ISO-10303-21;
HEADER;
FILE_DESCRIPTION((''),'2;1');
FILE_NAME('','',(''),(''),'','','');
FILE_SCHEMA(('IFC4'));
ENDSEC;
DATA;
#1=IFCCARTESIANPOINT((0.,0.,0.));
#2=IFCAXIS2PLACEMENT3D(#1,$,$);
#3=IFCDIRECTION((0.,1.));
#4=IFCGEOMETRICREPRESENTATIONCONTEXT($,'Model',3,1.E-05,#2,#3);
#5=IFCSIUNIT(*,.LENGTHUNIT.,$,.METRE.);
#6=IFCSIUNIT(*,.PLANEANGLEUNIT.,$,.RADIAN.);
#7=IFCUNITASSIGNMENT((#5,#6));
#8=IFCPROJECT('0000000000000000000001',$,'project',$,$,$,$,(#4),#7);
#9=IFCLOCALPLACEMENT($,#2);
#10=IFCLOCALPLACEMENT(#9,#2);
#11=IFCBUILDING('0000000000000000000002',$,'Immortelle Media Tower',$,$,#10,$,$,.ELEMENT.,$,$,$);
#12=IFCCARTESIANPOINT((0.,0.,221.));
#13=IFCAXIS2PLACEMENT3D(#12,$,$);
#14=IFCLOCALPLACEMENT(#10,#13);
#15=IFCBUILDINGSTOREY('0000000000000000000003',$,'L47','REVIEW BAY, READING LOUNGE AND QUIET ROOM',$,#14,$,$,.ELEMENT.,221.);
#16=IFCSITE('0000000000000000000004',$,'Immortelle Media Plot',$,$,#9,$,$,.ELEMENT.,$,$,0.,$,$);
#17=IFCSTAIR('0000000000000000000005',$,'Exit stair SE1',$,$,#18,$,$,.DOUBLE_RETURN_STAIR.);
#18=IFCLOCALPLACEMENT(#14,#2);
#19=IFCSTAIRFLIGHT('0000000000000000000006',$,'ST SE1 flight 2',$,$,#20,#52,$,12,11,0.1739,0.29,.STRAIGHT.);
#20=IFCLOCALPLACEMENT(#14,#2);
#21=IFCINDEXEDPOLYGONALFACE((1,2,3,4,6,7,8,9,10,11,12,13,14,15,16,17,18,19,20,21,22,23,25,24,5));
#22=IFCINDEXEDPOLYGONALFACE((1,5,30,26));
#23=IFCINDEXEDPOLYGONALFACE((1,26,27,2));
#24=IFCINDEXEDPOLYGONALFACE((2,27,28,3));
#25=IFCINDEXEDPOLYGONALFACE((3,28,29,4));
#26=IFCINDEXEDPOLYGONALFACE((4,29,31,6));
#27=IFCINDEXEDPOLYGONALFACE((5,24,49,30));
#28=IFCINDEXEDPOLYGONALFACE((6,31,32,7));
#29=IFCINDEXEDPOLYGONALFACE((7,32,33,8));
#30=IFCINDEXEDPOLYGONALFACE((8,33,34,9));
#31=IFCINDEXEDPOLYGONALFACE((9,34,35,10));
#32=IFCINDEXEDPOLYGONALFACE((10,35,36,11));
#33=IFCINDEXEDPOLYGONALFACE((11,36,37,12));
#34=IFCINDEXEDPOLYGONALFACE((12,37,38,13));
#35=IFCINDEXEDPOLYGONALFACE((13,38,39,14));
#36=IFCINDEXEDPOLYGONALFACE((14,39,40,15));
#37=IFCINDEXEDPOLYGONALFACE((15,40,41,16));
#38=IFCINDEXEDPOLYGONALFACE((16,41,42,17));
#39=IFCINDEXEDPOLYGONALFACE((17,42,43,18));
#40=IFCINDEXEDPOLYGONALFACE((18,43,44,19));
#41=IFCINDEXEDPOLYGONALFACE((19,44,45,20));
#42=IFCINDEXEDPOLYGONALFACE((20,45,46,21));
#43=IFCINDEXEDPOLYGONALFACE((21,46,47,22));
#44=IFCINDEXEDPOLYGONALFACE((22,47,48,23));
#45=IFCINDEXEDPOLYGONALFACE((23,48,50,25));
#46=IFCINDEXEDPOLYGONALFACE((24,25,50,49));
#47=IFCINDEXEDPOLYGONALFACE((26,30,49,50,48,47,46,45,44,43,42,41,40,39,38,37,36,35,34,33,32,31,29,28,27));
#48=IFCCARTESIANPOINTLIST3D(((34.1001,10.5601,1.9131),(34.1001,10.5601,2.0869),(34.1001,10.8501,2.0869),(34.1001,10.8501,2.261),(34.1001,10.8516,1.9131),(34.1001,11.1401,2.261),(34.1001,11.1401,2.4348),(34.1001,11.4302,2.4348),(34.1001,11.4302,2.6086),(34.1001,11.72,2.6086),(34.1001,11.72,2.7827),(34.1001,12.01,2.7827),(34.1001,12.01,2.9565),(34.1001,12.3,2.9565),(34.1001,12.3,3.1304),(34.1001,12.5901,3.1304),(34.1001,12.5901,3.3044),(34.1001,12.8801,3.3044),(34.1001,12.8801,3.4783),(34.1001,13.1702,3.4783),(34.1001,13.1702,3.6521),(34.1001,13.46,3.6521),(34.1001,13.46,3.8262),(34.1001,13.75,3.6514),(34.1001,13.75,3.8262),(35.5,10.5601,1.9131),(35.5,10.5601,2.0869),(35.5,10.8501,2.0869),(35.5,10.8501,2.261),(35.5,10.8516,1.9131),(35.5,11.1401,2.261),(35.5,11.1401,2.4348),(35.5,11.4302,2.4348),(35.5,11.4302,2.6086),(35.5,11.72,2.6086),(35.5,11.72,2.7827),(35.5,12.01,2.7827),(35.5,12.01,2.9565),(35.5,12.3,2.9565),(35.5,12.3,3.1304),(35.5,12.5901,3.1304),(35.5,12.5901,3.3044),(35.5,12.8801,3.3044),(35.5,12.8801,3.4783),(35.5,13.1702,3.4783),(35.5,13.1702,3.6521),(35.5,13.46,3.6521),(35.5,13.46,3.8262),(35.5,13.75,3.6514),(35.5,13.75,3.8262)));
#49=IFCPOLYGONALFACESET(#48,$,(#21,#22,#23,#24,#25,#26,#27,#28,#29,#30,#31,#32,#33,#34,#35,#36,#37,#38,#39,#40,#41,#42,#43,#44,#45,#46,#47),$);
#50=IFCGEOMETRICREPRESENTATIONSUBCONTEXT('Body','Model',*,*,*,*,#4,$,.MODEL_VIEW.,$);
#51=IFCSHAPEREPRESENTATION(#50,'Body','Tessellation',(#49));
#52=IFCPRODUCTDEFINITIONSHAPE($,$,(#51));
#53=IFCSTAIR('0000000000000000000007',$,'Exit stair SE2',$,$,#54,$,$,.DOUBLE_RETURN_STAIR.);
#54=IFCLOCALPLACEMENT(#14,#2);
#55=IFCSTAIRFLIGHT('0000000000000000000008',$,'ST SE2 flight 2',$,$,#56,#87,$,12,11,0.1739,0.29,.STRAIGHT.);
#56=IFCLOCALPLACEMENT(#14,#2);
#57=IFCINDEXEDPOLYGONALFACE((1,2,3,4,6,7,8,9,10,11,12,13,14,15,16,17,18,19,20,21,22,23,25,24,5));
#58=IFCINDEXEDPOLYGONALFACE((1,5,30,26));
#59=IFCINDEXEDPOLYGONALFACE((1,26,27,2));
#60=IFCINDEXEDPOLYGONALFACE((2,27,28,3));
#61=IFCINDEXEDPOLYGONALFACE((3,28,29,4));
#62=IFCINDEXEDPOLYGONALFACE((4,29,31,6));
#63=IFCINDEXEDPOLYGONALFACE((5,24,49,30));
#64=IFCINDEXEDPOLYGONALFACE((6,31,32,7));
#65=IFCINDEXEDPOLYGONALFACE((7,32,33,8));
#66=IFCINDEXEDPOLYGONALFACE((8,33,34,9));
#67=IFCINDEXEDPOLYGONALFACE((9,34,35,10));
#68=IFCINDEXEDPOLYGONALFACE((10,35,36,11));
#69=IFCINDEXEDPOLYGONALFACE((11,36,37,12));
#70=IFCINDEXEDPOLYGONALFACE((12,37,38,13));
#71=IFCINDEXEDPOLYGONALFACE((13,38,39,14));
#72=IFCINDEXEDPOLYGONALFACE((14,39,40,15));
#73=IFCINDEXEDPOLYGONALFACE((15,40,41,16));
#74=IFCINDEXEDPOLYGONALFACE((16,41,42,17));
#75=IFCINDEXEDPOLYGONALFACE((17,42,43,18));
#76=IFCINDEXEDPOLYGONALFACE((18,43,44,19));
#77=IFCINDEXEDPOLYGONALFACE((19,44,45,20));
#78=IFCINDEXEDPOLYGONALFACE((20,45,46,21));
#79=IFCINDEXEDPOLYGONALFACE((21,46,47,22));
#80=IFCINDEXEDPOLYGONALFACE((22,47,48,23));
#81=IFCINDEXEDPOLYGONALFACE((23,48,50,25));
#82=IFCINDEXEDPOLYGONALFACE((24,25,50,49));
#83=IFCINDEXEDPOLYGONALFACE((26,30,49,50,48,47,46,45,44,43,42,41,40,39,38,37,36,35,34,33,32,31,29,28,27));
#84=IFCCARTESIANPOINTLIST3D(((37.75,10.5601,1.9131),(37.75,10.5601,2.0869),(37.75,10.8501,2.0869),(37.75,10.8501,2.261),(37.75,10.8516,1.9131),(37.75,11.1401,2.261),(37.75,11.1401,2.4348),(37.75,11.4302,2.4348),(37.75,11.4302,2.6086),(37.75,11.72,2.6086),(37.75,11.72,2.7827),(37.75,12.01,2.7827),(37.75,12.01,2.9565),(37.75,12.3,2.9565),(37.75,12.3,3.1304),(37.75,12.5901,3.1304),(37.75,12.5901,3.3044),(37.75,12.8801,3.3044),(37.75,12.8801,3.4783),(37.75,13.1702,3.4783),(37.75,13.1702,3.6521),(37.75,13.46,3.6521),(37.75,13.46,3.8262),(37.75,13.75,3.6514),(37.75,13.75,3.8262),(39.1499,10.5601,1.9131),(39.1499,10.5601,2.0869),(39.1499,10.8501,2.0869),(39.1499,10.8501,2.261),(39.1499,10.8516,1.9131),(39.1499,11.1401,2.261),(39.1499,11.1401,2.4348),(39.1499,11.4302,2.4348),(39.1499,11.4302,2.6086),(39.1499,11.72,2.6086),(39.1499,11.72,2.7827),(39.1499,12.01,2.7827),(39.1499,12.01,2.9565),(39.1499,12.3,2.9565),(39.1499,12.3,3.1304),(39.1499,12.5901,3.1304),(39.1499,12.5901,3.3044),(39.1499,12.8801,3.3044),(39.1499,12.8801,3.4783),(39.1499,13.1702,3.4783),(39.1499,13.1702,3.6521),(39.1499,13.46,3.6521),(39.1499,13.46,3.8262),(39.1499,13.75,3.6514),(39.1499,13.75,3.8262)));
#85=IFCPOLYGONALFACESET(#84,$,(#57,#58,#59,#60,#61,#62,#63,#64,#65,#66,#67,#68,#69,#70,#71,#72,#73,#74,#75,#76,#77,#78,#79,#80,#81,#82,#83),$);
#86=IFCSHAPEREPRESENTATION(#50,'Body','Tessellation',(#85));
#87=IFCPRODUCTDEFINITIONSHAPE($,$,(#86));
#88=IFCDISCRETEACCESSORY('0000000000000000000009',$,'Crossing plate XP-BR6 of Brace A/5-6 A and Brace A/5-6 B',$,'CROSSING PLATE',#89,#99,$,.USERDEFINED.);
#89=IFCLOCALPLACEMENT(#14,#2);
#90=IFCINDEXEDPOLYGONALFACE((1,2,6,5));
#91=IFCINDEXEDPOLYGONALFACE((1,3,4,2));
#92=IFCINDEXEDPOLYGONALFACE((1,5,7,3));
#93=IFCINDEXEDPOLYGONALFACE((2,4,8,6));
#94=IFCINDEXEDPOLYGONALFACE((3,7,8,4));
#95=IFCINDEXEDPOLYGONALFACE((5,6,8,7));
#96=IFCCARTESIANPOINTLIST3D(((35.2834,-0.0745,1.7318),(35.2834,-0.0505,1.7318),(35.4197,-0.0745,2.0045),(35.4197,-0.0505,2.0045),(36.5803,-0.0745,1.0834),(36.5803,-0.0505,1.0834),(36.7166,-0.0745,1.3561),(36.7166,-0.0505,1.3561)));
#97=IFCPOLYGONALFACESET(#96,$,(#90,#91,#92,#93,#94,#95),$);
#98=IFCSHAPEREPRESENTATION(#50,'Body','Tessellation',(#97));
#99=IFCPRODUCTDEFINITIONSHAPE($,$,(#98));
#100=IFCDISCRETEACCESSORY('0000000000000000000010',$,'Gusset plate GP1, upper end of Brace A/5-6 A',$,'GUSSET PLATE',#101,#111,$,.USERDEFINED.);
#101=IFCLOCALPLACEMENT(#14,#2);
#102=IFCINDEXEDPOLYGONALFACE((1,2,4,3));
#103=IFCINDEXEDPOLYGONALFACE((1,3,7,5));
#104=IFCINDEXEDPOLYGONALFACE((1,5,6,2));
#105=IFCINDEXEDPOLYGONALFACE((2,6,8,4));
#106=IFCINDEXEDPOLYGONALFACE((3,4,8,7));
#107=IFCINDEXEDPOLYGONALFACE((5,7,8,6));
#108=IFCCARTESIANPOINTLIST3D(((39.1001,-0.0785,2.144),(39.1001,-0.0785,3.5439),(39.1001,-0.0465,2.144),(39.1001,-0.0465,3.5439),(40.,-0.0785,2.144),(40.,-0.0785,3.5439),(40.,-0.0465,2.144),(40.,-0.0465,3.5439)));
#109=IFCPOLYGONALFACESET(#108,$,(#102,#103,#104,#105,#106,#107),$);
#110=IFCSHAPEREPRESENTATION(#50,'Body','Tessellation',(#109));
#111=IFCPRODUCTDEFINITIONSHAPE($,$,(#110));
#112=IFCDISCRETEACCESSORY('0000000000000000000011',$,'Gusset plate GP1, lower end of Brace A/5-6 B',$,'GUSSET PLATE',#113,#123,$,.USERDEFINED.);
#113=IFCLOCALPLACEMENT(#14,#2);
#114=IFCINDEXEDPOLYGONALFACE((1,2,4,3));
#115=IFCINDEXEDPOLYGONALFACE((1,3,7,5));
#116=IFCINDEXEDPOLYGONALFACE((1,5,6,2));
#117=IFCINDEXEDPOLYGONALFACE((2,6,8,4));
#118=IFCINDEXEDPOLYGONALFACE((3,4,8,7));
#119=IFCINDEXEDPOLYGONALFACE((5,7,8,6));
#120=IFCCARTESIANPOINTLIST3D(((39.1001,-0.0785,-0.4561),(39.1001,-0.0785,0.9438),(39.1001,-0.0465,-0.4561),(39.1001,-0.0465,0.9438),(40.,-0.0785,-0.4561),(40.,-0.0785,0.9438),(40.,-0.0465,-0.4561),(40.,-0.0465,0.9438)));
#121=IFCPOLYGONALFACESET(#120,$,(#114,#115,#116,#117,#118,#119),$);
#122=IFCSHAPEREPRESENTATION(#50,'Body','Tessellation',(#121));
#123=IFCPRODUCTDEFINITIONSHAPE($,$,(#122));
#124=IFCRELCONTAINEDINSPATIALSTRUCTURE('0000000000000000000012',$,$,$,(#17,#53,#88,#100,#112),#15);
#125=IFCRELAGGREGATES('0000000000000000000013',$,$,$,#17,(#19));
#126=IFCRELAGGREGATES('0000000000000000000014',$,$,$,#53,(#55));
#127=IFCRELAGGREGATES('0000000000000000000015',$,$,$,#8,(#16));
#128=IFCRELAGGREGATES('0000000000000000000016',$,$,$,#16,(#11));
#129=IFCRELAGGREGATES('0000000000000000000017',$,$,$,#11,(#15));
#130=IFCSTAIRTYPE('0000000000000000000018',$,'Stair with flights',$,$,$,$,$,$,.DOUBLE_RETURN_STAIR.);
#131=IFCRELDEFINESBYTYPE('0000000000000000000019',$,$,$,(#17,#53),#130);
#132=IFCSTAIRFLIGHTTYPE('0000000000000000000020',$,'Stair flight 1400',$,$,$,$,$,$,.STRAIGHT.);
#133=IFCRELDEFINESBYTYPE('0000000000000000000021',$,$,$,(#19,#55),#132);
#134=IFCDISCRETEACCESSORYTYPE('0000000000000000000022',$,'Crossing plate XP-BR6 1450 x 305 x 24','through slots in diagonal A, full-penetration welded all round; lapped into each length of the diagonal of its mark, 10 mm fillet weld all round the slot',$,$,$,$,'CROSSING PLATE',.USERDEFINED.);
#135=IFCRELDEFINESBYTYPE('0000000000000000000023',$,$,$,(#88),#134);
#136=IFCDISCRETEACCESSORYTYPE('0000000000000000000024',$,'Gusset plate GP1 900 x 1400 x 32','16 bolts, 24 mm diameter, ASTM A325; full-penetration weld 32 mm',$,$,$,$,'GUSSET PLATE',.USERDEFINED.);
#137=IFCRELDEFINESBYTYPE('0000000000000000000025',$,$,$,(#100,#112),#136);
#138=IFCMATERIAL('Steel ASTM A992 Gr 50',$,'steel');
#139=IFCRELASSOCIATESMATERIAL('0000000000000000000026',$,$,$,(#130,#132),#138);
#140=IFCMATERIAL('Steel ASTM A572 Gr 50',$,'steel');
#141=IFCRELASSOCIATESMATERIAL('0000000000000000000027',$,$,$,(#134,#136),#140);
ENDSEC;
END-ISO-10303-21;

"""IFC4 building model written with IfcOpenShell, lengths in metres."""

from ifc_helpers import new_model, si_unit, direction, frame, origin, origin_2d, place, context, subcontext, project, spatial, polyline, rectangle, outline, extrude, material, material_profile, profile_set, type_object, element, aggregate, save


model = new_model("IFC4")

# Units and contexts
model_context = context("Model", 3, precision=1e-05, world=origin(), true_north=direction((0.0, 1.0)))
body_context = subcontext(model_context, "Body", "Model", "MODEL_VIEW")
ifc_project = project(units=[si_unit("LENGTHUNIT", "METRE"), si_unit("PLANEANGLEUNIT", "RADIAN")], contexts=[model_context])

# Site, building, storey
site_placement = place(None, origin())
site = spatial("IfcSite", under=ifc_project, at=site_placement, Name="Immortelle Media Plot", CompositionType="ELEMENT", RefElevation=0.0)
building_placement = place(site_placement, origin())
building = spatial("IfcBuilding", under=site, at=building_placement, Name="Immortelle Media Tower", CompositionType="ELEMENT")
storey_placement = place(building_placement, frame((0.0, 0.0, 221.0)))
storey = spatial("IfcBuildingStorey", under=building, at=storey_placement, Name="L47", Description="REVIEW BAY, READING LOUNGE AND QUIET ROOM", CompositionType="ELEMENT", Elevation=221.0)

# Shared definitions
ifc_material_1 = material(Name="Steel ASTM A992 Gr 50", Category="steel")

# Stairs, stair flights
stair_type = type_object("IfcStairType", Name="Stair with flights", PredefinedType="DOUBLE_RETURN_STAIR", material=ifc_material_1)
stair_1_placement = place(storey_placement, origin())
stair_1 = element("IfcStair", 1, at=stair_1_placement, inside=storey, type_object=stair_type, Name="Exit stair SE1", PredefinedType="DOUBLE_RETURN_STAIR")
stair_flight_type = type_object("IfcStairFlightType", Name="Stair flight 1400", PredefinedType="STRAIGHT", material=ifc_material_1)
stair_flight_1_placement = place(storey_placement, frame((34.8, 10.5601, 1.9131), z_axis=(0.0, 0.0, 1.0), x_axis=(0.0, 1.0, 0.0)))
stair_flight_1 = element("IfcStairFlight", 2, at=stair_flight_1_placement, type_object=stair_flight_type, Name="ST SE1 flight 2", NumberOfRisers=12, NumberOfTreads=11, PredefinedType="STRAIGHT", RiserHeight=0.1739, TreadLength=0.29, context=body_context, shape_type="SweptSolid", body=[
    extrude(outline(polyline([(0.0, 0.0), (0.0, 0.1738), (0.29, 0.1738), (0.29, 0.3479), (0.5801, 0.3479), (0.5801, 0.5217), (0.8701, 0.5217), (0.8701, 0.6956), (1.1599, 0.6956), (1.1599, 0.8696), (1.45, 0.8696), (1.45, 1.0435), (1.74, 1.0435), (1.74, 1.2173), (2.03, 1.2173), (2.03, 1.3914), (2.3201, 1.3914), (2.3201, 1.5652), (2.6101, 1.5652), (2.6101, 1.739), (2.8999, 1.739), (2.8999, 1.9131), (3.1899, 1.9131), (3.1899, 2.0869), (3.1899, 1.7383), (0.2915, 0.0), (0.0, 0.0)])), frame((0.0, 0.7, 0.0), z_axis=(0.0, -1.0, 0.0), x_axis=(1.0, 0.0, 0.0)), (0.0, 0.0, 1.0), 1.3999),
])
aggregate(stair_1, [stair_flight_1])
stair_2_placement = place(storey_placement, origin())
stair_2 = element("IfcStair", 3, at=stair_2_placement, inside=storey, type_object=stair_type, Name="Exit stair SE2", PredefinedType="DOUBLE_RETURN_STAIR")
stair_flight_2_placement = place(storey_placement, frame((38.45, 10.5601, 1.9131), z_axis=(0.0, 0.0, 1.0), x_axis=(0.0, 1.0, 0.0)))
stair_flight_2 = element("IfcStairFlight", 4, at=stair_flight_2_placement, type_object=stair_flight_type, Name="ST SE2 flight 2", NumberOfRisers=12, NumberOfTreads=11, PredefinedType="STRAIGHT", RiserHeight=0.1739, TreadLength=0.29, context=body_context, shape_type="SweptSolid", body=[
    extrude(outline(polyline([(0.0, 0.0), (0.0, 0.1738), (0.29, 0.1738), (0.29, 0.3479), (0.5801, 0.3479), (0.5801, 0.5217), (0.8701, 0.5217), (0.8701, 0.6956), (1.1599, 0.6956), (1.1599, 0.8696), (1.45, 0.8696), (1.45, 1.0435), (1.74, 1.0435), (1.74, 1.2173), (2.03, 1.2173), (2.03, 1.3914), (2.3201, 1.3914), (2.3201, 1.5652), (2.6101, 1.5652), (2.6101, 1.739), (2.8999, 1.739), (2.8999, 1.9131), (3.1899, 1.9131), (3.1899, 2.0869), (3.1899, 1.7383), (0.2915, 0.0), (0.0, 0.0)])), frame((0.0, 0.7, 0.0), z_axis=(0.0, -1.0, 0.0), x_axis=(1.0, 0.0, 0.0)), (0.0, 0.0, 1.0), 1.3999),
])
aggregate(stair_2, [stair_flight_2])

# Discrete accessories
ifc_material_2 = material(Name="Steel ASTM A572 Gr 50", Category="steel")
ifc_material_profile_1 = material_profile(ifc_material_2, rectangle(XDim=0.0239, YDim=0.3049, at=origin_2d()), Name="PL 24 x 305")
ifc_profile_set_1 = profile_set([ifc_material_profile_1], Name="Steel ASTM A572 Gr 50")
discrete_accessory_type_1 = type_object("IfcDiscreteAccessoryType", Name="Crossing plate XP-BR6 1450 x 305 x 24", Description="through slots in diagonal A, full-penetration welded all round; lapped into each length of the diagonal of its mark, 10 mm fillet weld all round the slot", ElementType="CROSSING PLATE", PredefinedType="USERDEFINED", material=ifc_profile_set_1)
discrete_accessory_placement = place(storey_placement, frame((35.3516, -0.0625, 1.8682), z_axis=(0.894427, 0.0, -0.447214), x_axis=(0.0, 1.0, 0.0)))
element("IfcDiscreteAccessory", 5, at=discrete_accessory_placement, inside=storey, type_object=discrete_accessory_type_1, Name="Crossing plate XP-BR6 of Brace A/5-6 A and Brace A/5-6 B", ObjectType="CROSSING PLATE", PredefinedType="USERDEFINED", context=body_context, shape_type="SweptSolid", body=[
    extrude(rectangle(XDim=0.0239, YDim=0.3049, at=origin_2d()), origin(), (0.0, 0.0, 1.0), 1.45),
])
ifc_material_profile_2 = material_profile(ifc_material_2, rectangle(XDim=0.032, YDim=1.3999, at=origin_2d()), Name="PL 32 x 1400")
ifc_profile_set_2 = profile_set([ifc_material_profile_2], Name="Steel ASTM A572 Gr 50")
discrete_accessory_type_2 = type_object("IfcDiscreteAccessoryType", Name="Gusset plate GP1 900 x 1400 x 32", Description="16 bolts, 24 mm diameter, ASTM A325; full-penetration weld 32 mm", ElementType="GUSSET PLATE", PredefinedType="USERDEFINED", material=ifc_profile_set_2)
for number, where, z_axis, x_axis, name in (
    (6, (40.0, -0.0625, 2.844), (-1.0, 0.0, 0.0), (0.0, -1.0, 0.0), "Gusset plate GP1, upper end of Brace A/5-6 A"),
    (7, (40.0, -0.0625, 0.2439), (-1.0, 0.0, 0.0), (0.0, -1.0, 0.0), "Gusset plate GP1, lower end of Brace A/5-6 B"),
):
    element("IfcDiscreteAccessory", number, at=place(storey_placement, frame(where, z_axis=z_axis, x_axis=x_axis)), inside=storey, type_object=discrete_accessory_type_2, Name=name, ObjectType="GUSSET PLATE", PredefinedType="USERDEFINED", context=body_context, shape_type="SweptSolid", body=[
        extrude(rectangle(XDim=0.032, YDim=1.3999, at=origin_2d()), origin(), (0.0, 0.0, 1.0), 0.8999),
    ])

save(model, "model.ifc")
